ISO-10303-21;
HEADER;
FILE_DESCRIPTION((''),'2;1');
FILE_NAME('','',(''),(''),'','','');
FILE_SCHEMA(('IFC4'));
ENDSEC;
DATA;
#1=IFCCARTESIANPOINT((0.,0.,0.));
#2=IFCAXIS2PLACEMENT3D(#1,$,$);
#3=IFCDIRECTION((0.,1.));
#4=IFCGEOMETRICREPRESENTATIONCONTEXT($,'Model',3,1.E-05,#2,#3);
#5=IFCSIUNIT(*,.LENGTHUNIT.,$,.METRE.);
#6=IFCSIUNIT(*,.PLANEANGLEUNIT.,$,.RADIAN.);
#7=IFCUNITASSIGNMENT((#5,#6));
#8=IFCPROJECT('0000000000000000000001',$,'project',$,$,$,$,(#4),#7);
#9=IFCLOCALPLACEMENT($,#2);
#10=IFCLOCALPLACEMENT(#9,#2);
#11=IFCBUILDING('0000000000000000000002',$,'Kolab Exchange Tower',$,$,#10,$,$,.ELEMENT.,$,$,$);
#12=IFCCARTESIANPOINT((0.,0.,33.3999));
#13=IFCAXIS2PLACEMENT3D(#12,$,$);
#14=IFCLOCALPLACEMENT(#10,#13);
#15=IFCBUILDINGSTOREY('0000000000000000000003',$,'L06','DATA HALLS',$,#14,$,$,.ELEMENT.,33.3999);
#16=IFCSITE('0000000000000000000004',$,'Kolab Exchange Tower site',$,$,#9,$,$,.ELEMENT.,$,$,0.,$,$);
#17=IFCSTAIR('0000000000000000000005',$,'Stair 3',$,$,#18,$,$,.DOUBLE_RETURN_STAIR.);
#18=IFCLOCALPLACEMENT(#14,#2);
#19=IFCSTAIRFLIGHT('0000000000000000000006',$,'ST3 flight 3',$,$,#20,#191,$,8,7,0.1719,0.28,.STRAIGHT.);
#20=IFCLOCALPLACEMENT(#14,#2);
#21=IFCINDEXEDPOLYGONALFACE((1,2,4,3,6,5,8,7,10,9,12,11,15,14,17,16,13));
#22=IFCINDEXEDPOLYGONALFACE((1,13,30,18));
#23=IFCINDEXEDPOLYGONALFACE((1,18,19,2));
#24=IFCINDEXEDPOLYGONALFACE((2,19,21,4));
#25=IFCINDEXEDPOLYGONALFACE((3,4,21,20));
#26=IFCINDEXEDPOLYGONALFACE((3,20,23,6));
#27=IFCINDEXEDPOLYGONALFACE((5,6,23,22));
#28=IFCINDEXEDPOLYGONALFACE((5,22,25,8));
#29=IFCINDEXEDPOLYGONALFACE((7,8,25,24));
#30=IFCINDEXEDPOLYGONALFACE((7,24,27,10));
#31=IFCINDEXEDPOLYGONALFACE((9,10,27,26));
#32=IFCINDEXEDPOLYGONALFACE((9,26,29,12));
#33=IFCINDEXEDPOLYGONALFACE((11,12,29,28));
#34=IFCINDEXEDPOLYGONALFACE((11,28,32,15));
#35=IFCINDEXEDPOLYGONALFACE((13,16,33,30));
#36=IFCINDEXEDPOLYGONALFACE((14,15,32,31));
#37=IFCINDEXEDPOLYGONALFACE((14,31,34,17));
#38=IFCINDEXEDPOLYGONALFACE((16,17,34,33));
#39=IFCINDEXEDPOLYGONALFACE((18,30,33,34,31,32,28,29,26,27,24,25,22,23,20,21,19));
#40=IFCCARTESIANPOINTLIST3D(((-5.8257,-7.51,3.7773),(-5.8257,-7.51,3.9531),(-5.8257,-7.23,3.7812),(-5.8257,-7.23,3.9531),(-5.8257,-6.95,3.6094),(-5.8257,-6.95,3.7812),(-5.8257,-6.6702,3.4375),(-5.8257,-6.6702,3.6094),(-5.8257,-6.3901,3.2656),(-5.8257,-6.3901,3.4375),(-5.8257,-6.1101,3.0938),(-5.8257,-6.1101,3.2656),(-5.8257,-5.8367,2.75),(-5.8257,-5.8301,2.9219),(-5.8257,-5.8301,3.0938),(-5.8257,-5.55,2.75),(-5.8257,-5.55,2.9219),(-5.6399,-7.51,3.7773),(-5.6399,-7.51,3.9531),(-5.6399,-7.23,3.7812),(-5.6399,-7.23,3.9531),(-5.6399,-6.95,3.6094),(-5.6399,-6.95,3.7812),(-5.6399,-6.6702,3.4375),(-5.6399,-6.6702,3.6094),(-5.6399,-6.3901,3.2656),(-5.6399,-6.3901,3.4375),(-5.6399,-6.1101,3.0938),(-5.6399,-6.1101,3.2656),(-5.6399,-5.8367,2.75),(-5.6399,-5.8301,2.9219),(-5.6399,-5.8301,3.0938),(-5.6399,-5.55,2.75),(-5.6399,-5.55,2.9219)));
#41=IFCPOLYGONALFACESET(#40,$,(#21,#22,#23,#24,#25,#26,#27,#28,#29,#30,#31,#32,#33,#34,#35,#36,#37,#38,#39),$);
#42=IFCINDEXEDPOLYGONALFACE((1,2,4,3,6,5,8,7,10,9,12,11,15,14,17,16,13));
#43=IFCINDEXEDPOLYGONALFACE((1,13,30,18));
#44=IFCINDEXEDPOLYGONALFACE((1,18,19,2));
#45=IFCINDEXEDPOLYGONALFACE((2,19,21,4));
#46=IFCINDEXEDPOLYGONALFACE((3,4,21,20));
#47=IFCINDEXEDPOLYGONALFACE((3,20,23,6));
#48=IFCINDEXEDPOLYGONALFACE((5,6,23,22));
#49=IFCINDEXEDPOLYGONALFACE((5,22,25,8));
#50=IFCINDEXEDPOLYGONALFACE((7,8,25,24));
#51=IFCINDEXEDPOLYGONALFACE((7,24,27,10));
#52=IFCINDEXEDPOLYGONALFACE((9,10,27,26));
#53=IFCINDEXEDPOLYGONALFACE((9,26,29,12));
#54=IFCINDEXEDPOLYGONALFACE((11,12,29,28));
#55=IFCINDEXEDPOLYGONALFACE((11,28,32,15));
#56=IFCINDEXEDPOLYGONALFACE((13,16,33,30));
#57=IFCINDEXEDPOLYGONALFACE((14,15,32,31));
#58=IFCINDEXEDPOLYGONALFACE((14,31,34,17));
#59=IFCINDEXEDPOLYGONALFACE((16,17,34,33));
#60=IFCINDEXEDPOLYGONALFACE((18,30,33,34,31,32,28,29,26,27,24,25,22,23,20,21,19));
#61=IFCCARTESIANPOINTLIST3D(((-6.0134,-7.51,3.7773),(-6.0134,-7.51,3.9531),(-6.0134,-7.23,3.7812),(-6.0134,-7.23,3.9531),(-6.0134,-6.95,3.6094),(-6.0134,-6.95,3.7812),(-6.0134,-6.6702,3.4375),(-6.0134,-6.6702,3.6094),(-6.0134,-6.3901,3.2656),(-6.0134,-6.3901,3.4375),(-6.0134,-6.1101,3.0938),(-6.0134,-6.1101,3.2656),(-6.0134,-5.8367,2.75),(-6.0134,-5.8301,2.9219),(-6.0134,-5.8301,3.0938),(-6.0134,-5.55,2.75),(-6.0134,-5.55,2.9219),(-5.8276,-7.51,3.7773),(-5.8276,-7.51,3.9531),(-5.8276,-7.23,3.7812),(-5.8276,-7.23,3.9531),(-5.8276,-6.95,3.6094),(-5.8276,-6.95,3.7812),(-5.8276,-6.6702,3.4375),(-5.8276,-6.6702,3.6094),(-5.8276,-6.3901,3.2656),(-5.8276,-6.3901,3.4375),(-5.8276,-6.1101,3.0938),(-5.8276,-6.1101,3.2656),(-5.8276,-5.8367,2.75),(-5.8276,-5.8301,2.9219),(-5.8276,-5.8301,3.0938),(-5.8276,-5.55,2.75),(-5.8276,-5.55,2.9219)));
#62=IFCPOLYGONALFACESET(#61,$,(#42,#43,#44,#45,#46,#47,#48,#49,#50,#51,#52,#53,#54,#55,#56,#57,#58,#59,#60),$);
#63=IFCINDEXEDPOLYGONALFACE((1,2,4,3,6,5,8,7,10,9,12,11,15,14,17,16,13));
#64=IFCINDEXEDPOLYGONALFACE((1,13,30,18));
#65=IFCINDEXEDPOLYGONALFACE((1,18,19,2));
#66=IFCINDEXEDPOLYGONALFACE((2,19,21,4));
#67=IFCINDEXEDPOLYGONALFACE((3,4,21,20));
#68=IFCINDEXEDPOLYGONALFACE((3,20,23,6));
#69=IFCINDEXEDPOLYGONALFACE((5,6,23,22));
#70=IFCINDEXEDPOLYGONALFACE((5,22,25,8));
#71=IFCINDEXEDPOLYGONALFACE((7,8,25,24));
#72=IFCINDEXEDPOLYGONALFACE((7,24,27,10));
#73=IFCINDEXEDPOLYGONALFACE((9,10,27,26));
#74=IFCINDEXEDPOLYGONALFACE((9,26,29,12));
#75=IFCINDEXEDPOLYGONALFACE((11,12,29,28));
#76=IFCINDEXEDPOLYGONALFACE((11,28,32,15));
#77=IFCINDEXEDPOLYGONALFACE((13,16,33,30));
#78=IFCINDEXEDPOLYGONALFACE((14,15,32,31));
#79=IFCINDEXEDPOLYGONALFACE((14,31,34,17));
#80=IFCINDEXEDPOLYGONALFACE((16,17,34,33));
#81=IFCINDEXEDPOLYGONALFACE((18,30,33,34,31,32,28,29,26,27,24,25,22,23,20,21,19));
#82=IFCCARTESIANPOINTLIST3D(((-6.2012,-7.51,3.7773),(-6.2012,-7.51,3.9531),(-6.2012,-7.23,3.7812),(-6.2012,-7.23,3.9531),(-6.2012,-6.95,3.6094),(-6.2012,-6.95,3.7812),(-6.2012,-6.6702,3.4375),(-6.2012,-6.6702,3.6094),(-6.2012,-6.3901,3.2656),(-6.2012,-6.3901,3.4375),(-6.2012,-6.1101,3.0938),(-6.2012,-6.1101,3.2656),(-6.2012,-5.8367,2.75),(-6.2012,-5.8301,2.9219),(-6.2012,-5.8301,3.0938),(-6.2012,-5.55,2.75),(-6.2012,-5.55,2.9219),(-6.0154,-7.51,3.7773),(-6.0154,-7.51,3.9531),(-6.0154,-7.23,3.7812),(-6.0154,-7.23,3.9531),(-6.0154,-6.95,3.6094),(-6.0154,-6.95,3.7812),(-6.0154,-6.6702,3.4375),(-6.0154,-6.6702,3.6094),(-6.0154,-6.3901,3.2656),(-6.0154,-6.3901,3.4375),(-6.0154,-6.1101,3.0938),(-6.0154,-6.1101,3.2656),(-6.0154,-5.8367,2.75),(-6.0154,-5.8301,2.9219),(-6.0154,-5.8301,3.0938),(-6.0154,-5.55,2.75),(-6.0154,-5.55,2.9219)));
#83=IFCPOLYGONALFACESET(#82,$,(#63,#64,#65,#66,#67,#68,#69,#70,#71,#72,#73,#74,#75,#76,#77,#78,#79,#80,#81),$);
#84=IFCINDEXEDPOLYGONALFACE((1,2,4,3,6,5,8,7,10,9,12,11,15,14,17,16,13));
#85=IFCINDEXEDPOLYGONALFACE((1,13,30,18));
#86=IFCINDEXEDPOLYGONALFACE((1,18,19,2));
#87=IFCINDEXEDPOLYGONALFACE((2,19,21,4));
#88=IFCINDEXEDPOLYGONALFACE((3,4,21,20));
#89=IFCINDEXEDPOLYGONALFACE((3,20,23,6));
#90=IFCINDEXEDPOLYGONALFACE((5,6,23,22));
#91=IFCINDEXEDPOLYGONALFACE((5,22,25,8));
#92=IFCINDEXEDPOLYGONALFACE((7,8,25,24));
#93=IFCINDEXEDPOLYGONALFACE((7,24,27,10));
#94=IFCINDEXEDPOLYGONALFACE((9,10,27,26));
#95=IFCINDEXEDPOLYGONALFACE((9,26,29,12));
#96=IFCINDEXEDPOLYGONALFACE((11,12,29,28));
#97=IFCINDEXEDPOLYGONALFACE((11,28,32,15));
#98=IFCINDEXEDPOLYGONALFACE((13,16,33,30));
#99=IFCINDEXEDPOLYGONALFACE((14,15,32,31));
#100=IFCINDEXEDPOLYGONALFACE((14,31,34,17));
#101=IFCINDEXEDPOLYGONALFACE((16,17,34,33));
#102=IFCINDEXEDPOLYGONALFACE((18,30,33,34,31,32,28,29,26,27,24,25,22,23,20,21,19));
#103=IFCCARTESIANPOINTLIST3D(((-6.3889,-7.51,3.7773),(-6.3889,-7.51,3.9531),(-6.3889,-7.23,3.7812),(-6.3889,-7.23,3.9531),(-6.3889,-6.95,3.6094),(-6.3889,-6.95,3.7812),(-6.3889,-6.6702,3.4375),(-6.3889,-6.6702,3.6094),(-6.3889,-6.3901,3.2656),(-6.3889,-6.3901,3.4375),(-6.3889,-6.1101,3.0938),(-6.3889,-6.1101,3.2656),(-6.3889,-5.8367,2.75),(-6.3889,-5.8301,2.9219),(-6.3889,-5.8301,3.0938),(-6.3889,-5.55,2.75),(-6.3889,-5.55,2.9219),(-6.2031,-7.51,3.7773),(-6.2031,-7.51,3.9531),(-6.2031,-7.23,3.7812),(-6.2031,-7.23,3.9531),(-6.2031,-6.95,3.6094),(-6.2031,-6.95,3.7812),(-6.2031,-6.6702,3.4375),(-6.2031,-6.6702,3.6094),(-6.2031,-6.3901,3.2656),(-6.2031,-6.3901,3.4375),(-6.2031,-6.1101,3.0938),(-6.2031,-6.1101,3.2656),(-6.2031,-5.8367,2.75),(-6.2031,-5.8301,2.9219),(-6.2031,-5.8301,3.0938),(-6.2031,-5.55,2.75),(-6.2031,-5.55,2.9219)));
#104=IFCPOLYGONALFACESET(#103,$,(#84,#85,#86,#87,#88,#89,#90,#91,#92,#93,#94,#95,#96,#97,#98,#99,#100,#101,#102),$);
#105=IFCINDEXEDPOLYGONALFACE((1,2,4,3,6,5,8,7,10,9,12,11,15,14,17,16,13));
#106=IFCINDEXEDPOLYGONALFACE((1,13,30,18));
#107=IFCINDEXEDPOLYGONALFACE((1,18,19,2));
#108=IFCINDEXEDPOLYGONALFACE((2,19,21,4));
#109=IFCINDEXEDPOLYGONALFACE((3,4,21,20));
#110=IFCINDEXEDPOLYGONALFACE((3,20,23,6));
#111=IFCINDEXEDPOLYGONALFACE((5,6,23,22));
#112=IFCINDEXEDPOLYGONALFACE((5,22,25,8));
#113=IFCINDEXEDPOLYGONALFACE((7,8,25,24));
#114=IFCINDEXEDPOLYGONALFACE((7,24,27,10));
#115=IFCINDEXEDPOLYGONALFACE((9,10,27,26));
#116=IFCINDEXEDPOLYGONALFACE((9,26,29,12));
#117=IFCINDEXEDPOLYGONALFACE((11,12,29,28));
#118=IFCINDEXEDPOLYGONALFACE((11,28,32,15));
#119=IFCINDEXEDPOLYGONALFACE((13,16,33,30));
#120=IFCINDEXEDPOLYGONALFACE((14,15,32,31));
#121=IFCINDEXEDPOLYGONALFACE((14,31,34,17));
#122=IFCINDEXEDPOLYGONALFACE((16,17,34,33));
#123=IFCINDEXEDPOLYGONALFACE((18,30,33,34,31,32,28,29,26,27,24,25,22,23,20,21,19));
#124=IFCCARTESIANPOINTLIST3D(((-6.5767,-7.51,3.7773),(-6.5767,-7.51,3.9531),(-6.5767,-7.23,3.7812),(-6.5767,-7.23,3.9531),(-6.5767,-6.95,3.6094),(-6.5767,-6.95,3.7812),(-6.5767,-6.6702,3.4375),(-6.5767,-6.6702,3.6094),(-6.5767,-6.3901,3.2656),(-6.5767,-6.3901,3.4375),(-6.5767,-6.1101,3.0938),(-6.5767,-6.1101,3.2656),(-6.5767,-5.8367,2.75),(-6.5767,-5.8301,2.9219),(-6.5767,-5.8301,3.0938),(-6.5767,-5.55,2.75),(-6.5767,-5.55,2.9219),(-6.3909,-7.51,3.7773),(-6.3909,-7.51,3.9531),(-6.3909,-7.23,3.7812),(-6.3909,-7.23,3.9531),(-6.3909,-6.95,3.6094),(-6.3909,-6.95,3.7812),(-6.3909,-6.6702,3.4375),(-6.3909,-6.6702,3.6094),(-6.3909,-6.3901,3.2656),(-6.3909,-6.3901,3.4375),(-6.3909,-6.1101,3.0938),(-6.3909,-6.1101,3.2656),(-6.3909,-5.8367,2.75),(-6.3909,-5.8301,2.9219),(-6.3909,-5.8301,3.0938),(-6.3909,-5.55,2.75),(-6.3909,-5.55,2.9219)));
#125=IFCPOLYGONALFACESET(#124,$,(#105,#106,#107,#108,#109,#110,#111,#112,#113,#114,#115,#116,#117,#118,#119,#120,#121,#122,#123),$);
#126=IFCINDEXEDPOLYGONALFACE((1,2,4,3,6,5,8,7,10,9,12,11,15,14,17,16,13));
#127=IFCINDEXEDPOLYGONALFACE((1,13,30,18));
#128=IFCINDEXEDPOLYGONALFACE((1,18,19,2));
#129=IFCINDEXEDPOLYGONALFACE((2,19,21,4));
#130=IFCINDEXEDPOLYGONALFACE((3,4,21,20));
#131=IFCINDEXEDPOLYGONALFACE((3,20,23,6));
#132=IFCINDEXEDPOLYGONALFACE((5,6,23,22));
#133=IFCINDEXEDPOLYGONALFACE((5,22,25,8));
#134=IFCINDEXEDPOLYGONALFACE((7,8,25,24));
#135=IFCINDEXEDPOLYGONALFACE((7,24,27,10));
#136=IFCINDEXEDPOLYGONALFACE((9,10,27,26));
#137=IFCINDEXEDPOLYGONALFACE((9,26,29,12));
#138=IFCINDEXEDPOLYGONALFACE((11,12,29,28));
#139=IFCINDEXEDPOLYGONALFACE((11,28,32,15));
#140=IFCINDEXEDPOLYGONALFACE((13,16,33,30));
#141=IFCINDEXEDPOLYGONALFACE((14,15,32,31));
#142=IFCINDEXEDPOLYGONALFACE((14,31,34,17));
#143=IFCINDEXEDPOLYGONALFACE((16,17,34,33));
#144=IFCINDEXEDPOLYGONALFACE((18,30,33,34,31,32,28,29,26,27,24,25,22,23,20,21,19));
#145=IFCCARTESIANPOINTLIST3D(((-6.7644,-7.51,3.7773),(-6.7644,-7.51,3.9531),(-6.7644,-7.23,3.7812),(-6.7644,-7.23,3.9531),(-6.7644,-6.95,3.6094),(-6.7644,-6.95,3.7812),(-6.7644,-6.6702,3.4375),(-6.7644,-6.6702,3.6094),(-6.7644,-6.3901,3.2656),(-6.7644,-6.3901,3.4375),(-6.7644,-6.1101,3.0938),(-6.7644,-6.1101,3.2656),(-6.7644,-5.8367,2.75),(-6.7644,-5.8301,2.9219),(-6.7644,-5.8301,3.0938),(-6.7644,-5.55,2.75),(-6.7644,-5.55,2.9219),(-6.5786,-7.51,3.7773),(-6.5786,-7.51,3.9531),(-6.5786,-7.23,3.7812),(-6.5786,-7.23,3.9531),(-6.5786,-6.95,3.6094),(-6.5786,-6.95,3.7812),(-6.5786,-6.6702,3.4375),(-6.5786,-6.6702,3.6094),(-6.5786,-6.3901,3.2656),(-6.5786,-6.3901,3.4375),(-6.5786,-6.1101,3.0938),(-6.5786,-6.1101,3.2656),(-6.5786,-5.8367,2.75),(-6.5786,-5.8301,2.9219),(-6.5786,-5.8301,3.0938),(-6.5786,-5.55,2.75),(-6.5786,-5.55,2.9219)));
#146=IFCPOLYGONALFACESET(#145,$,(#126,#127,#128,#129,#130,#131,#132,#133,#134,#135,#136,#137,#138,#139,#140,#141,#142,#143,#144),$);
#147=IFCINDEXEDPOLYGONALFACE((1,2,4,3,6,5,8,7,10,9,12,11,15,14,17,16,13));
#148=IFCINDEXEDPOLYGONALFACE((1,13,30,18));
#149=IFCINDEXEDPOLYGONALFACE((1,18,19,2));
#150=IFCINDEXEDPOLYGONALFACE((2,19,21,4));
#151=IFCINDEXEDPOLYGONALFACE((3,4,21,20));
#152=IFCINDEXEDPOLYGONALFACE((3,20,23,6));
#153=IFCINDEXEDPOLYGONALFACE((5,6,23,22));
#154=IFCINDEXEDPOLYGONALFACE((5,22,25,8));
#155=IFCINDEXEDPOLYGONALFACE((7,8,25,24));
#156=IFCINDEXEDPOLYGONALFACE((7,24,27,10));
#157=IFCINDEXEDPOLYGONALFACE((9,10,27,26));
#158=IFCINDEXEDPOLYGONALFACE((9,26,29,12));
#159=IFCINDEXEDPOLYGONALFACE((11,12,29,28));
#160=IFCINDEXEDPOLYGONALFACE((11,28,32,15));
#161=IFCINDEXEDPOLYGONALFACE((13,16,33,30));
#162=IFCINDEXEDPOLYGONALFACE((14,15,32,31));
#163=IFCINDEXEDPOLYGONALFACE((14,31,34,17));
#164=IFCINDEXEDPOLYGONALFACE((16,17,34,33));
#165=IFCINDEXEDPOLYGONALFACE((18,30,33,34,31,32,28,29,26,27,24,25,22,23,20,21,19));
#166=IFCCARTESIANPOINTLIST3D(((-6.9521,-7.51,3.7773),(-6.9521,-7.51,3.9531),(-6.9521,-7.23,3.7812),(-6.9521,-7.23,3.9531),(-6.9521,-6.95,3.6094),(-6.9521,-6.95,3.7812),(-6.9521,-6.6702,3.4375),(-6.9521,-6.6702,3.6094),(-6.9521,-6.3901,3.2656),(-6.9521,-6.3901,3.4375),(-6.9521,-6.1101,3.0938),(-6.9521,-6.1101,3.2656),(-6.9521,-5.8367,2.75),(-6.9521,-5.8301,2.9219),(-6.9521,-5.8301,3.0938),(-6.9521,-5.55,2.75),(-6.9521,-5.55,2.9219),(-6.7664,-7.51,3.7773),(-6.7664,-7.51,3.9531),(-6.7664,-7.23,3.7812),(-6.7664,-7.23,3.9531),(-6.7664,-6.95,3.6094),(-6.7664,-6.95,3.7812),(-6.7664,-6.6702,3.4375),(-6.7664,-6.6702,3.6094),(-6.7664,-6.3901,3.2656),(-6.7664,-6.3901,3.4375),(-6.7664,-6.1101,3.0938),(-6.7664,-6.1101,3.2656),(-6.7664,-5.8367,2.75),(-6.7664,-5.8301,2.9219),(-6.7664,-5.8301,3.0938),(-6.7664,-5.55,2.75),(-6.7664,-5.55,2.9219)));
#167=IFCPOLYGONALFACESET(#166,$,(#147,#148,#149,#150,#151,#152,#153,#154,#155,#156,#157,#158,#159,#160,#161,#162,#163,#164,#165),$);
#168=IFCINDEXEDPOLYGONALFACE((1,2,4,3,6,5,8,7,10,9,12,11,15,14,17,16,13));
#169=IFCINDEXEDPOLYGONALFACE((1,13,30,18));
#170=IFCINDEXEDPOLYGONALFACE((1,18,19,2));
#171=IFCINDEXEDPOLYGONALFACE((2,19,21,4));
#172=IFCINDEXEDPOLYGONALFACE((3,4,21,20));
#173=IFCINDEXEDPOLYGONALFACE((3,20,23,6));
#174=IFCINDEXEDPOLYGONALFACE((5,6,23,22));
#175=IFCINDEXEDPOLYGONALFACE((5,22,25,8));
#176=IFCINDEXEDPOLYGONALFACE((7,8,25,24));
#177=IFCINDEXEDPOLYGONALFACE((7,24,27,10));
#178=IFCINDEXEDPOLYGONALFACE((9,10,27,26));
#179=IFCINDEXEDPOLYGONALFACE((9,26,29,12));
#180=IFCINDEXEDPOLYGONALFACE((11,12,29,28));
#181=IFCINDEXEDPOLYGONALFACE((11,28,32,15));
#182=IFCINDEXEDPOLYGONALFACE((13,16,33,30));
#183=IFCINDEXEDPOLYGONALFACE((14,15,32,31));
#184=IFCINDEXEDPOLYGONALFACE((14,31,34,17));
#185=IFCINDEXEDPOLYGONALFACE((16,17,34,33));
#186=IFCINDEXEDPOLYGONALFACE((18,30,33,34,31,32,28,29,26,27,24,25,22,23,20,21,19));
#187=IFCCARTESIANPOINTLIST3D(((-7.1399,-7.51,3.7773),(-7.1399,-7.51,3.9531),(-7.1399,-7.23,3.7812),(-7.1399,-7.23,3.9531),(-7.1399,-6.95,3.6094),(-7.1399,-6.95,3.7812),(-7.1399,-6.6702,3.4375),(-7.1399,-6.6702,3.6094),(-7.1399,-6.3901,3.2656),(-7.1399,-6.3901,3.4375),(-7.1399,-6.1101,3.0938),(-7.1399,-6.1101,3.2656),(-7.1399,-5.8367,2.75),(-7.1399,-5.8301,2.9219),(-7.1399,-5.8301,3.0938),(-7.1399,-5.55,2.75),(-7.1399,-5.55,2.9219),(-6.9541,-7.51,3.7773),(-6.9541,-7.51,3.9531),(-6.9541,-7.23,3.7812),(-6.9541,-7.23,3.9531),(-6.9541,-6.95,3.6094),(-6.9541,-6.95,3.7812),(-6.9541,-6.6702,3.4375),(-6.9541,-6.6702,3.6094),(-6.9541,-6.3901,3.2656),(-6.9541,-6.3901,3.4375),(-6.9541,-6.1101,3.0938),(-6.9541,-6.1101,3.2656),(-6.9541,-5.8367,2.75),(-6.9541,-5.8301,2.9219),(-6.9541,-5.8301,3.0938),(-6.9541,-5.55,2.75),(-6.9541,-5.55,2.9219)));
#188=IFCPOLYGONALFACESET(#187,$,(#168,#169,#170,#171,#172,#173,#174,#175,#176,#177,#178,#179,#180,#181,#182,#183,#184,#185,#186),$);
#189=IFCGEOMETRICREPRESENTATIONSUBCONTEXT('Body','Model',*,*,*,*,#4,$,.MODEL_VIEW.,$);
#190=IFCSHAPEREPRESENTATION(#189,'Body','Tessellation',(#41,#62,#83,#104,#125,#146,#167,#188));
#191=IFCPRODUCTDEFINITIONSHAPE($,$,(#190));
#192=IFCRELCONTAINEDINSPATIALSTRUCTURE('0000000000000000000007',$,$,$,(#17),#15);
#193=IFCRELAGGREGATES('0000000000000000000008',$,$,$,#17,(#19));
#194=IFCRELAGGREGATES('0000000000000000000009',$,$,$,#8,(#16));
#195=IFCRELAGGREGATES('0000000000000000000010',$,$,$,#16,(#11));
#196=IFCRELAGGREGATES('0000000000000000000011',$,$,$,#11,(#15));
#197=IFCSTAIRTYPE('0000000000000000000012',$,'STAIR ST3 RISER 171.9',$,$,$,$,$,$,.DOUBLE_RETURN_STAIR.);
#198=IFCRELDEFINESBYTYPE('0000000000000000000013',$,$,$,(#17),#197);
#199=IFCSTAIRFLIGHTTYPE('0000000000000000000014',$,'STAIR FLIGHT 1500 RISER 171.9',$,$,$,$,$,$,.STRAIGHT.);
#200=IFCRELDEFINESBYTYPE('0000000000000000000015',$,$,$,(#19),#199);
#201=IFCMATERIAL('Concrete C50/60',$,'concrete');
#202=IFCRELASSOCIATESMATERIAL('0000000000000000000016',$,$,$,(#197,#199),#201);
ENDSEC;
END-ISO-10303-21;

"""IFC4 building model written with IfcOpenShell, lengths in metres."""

from ifc_helpers import new_model, si_unit, direction, frame, origin, place, context, subcontext, project, spatial, polyline, outline, extrude, material, type_object, element, aggregate, save


model = new_model("IFC4")

# Units and contexts
model_context = context("Model", 3, precision=1e-05, world=origin(), true_north=direction((0.0, 1.0)))
body_context = subcontext(model_context, "Body", "Model", "MODEL_VIEW")
ifc_project = project(units=[si_unit("LENGTHUNIT", "METRE"), si_unit("PLANEANGLEUNIT", "RADIAN")], contexts=[model_context])

# Site, building, storey
site_placement = place(None, origin())
site = spatial("IfcSite", under=ifc_project, at=site_placement, Name="Kolab Exchange Tower site", CompositionType="ELEMENT", RefElevation=0.0)
building_placement = place(site_placement, origin())
building = spatial("IfcBuilding", under=site, at=building_placement, Name="Kolab Exchange Tower", CompositionType="ELEMENT")
storey_placement = place(building_placement, frame((0.0, 0.0, 33.3999)))
storey = spatial("IfcBuildingStorey", under=building, at=storey_placement, Name="L06", Description="DATA HALLS", CompositionType="ELEMENT", Elevation=33.3999)

# Shared definitions
ifc_material_1 = material(Name="Concrete C50/60", Category="concrete")

# Stair, stair flight
stair_type = type_object("IfcStairType", Name="STAIR ST3 RISER 171.9", PredefinedType="DOUBLE_RETURN_STAIR", material=ifc_material_1)
stair_placement = place(storey_placement, origin())
stair = element("IfcStair", 1, at=stair_placement, inside=storey, type_object=stair_type, Name="Stair 3", PredefinedType="DOUBLE_RETURN_STAIR")
stair_flight_type = type_object("IfcStairFlightType", Name="STAIR FLIGHT 1500 RISER 171.9", PredefinedType="STRAIGHT", material=ifc_material_1)
stair_flight_1_placement = place(storey_placement, frame((-6.3899, -5.55, 2.75), z_axis=(0.0, 0.0, 1.0), x_axis=(0.0, -1.0, 0.0)))
stair_flight_1 = element("IfcStairFlight", 2, at=stair_flight_1_placement, type_object=stair_flight_type, Name="ST3 flight 3", NumberOfRisers=8, NumberOfTreads=7, PredefinedType="STRAIGHT", RiserHeight=0.1719, TreadLength=0.28, context=body_context, shape_type="SweptSolid", body=[
    extrude(outline(polyline([(0.0, 0.0), (0.0, 0.1719), (0.28, 0.1719), (0.28, 0.3438), (0.5601, 0.3438), (0.5601, 0.5156), (0.8401, 0.5156), (0.8401, 0.6875), (1.1201, 0.6875), (1.1201, 0.8594), (1.3999, 0.8594), (1.3999, 1.0312), (1.6799, 1.0312), (1.6799, 1.2031), (1.96, 1.2031), (1.96, 1.375), (1.96, 1.0273), (0.2866, 0.0), (0.0, 0.0)])), frame((0.0, 0.75, 0.0), z_axis=(0.0, -1.0, 0.0), x_axis=(1.0, 0.0, 0.0)), (0.0, 0.0, 1.0), 0.1858),
    extrude(outline(polyline([(0.0, 0.0), (0.0, 0.1719), (0.28, 0.1719), (0.28, 0.3438), (0.5601, 0.3438), (0.5601, 0.5156), (0.8401, 0.5156), (0.8401, 0.6875), (1.1201, 0.6875), (1.1201, 0.8594), (1.3999, 0.8594), (1.3999, 1.0312), (1.6799, 1.0312), (1.6799, 1.2031), (1.96, 1.2031), (1.96, 1.375), (1.96, 1.0273), (0.2866, 0.0), (0.0, 0.0)])), frame((0.0, 0.5623, 0.0), z_axis=(0.0, -1.0, 0.0), x_axis=(1.0, 0.0, 0.0)), (0.0, 0.0, 1.0), 0.1858),
    extrude(outline(polyline([(0.0, 0.0), (0.0, 0.1719), (0.28, 0.1719), (0.28, 0.3438), (0.5601, 0.3438), (0.5601, 0.5156), (0.8401, 0.5156), (0.8401, 0.6875), (1.1201, 0.6875), (1.1201, 0.8594), (1.3999, 0.8594), (1.3999, 1.0312), (1.6799, 1.0312), (1.6799, 1.2031), (1.96, 1.2031), (1.96, 1.375), (1.96, 1.0273), (0.2866, 0.0), (0.0, 0.0)])), frame((0.0, 0.3745, 0.0), z_axis=(0.0, -1.0, 0.0), x_axis=(1.0, 0.0, 0.0)), (0.0, 0.0, 1.0), 0.1858),
    extrude(outline(polyline([(0.0, 0.0), (0.0, 0.1719), (0.28, 0.1719), (0.28, 0.3438), (0.5601, 0.3438), (0.5601, 0.5156), (0.8401, 0.5156), (0.8401, 0.6875), (1.1201, 0.6875), (1.1201, 0.8594), (1.3999, 0.8594), (1.3999, 1.0312), (1.6799, 1.0312), (1.6799, 1.2031), (1.96, 1.2031), (1.96, 1.375), (1.96, 1.0273), (0.2866, 0.0), (0.0, 0.0)])), frame((0.0, 0.1868, 0.0), z_axis=(0.0, -1.0, 0.0), x_axis=(1.0, 0.0, 0.0)), (0.0, 0.0, 1.0), 0.1858),
    extrude(outline(polyline([(0.0, 0.0), (0.0, 0.1719), (0.28, 0.1719), (0.28, 0.3438), (0.5601, 0.3438), (0.5601, 0.5156), (0.8401, 0.5156), (0.8401, 0.6875), (1.1201, 0.6875), (1.1201, 0.8594), (1.3999, 0.8594), (1.3999, 1.0312), (1.6799, 1.0312), (1.6799, 1.2031), (1.96, 1.2031), (1.96, 1.375), (1.96, 1.0273), (0.2866, 0.0), (0.0, 0.0)])), frame((0.0, -0.001, 0.0), z_axis=(0.0, -1.0, 0.0), x_axis=(1.0, 0.0, 0.0)), (0.0, 0.0, 1.0), 0.1858),
    extrude(outline(polyline([(0.0, 0.0), (0.0, 0.1719), (0.28, 0.1719), (0.28, 0.3438), (0.5601, 0.3438), (0.5601, 0.5156), (0.8401, 0.5156), (0.8401, 0.6875), (1.1201, 0.6875), (1.1201, 0.8594), (1.3999, 0.8594), (1.3999, 1.0312), (1.6799, 1.0312), (1.6799, 1.2031), (1.96, 1.2031), (1.96, 1.375), (1.96, 1.0273), (0.2866, 0.0), (0.0, 0.0)])), frame((0.0, -0.1887, 0.0), z_axis=(0.0, -1.0, 0.0), x_axis=(1.0, 0.0, 0.0)), (0.0, 0.0, 1.0), 0.1858),
    extrude(outline(polyline([(0.0, 0.0), (0.0, 0.1719), (0.28, 0.1719), (0.28, 0.3438), (0.5601, 0.3438), (0.5601, 0.5156), (0.8401, 0.5156), (0.8401, 0.6875), (1.1201, 0.6875), (1.1201, 0.8594), (1.3999, 0.8594), (1.3999, 1.0312), (1.6799, 1.0312), (1.6799, 1.2031), (1.96, 1.2031), (1.96, 1.375), (1.96, 1.0273), (0.2866, 0.0), (0.0, 0.0)])), frame((0.0, -0.3765, 0.0), z_axis=(0.0, -1.0, 0.0), x_axis=(1.0, 0.0, 0.0)), (0.0, 0.0, 1.0), 0.1858),
    extrude(outline(polyline([(0.0, 0.0), (0.0, 0.1719), (0.28, 0.1719), (0.28, 0.3438), (0.5601, 0.3438), (0.5601, 0.5156), (0.8401, 0.5156), (0.8401, 0.6875), (1.1201, 0.6875), (1.1201, 0.8594), (1.3999, 0.8594), (1.3999, 1.0312), (1.6799, 1.0312), (1.6799, 1.2031), (1.96, 1.2031), (1.96, 1.375), (1.96, 1.0273), (0.2866, 0.0), (0.0, 0.0)])), frame((0.0, -0.5642, 0.0), z_axis=(0.0, -1.0, 0.0), x_axis=(1.0, 0.0, 0.0)), (0.0, 0.0, 1.0), 0.1858),
])
aggregate(stair, [stair_flight_1])

save(model, "model.ifc")
